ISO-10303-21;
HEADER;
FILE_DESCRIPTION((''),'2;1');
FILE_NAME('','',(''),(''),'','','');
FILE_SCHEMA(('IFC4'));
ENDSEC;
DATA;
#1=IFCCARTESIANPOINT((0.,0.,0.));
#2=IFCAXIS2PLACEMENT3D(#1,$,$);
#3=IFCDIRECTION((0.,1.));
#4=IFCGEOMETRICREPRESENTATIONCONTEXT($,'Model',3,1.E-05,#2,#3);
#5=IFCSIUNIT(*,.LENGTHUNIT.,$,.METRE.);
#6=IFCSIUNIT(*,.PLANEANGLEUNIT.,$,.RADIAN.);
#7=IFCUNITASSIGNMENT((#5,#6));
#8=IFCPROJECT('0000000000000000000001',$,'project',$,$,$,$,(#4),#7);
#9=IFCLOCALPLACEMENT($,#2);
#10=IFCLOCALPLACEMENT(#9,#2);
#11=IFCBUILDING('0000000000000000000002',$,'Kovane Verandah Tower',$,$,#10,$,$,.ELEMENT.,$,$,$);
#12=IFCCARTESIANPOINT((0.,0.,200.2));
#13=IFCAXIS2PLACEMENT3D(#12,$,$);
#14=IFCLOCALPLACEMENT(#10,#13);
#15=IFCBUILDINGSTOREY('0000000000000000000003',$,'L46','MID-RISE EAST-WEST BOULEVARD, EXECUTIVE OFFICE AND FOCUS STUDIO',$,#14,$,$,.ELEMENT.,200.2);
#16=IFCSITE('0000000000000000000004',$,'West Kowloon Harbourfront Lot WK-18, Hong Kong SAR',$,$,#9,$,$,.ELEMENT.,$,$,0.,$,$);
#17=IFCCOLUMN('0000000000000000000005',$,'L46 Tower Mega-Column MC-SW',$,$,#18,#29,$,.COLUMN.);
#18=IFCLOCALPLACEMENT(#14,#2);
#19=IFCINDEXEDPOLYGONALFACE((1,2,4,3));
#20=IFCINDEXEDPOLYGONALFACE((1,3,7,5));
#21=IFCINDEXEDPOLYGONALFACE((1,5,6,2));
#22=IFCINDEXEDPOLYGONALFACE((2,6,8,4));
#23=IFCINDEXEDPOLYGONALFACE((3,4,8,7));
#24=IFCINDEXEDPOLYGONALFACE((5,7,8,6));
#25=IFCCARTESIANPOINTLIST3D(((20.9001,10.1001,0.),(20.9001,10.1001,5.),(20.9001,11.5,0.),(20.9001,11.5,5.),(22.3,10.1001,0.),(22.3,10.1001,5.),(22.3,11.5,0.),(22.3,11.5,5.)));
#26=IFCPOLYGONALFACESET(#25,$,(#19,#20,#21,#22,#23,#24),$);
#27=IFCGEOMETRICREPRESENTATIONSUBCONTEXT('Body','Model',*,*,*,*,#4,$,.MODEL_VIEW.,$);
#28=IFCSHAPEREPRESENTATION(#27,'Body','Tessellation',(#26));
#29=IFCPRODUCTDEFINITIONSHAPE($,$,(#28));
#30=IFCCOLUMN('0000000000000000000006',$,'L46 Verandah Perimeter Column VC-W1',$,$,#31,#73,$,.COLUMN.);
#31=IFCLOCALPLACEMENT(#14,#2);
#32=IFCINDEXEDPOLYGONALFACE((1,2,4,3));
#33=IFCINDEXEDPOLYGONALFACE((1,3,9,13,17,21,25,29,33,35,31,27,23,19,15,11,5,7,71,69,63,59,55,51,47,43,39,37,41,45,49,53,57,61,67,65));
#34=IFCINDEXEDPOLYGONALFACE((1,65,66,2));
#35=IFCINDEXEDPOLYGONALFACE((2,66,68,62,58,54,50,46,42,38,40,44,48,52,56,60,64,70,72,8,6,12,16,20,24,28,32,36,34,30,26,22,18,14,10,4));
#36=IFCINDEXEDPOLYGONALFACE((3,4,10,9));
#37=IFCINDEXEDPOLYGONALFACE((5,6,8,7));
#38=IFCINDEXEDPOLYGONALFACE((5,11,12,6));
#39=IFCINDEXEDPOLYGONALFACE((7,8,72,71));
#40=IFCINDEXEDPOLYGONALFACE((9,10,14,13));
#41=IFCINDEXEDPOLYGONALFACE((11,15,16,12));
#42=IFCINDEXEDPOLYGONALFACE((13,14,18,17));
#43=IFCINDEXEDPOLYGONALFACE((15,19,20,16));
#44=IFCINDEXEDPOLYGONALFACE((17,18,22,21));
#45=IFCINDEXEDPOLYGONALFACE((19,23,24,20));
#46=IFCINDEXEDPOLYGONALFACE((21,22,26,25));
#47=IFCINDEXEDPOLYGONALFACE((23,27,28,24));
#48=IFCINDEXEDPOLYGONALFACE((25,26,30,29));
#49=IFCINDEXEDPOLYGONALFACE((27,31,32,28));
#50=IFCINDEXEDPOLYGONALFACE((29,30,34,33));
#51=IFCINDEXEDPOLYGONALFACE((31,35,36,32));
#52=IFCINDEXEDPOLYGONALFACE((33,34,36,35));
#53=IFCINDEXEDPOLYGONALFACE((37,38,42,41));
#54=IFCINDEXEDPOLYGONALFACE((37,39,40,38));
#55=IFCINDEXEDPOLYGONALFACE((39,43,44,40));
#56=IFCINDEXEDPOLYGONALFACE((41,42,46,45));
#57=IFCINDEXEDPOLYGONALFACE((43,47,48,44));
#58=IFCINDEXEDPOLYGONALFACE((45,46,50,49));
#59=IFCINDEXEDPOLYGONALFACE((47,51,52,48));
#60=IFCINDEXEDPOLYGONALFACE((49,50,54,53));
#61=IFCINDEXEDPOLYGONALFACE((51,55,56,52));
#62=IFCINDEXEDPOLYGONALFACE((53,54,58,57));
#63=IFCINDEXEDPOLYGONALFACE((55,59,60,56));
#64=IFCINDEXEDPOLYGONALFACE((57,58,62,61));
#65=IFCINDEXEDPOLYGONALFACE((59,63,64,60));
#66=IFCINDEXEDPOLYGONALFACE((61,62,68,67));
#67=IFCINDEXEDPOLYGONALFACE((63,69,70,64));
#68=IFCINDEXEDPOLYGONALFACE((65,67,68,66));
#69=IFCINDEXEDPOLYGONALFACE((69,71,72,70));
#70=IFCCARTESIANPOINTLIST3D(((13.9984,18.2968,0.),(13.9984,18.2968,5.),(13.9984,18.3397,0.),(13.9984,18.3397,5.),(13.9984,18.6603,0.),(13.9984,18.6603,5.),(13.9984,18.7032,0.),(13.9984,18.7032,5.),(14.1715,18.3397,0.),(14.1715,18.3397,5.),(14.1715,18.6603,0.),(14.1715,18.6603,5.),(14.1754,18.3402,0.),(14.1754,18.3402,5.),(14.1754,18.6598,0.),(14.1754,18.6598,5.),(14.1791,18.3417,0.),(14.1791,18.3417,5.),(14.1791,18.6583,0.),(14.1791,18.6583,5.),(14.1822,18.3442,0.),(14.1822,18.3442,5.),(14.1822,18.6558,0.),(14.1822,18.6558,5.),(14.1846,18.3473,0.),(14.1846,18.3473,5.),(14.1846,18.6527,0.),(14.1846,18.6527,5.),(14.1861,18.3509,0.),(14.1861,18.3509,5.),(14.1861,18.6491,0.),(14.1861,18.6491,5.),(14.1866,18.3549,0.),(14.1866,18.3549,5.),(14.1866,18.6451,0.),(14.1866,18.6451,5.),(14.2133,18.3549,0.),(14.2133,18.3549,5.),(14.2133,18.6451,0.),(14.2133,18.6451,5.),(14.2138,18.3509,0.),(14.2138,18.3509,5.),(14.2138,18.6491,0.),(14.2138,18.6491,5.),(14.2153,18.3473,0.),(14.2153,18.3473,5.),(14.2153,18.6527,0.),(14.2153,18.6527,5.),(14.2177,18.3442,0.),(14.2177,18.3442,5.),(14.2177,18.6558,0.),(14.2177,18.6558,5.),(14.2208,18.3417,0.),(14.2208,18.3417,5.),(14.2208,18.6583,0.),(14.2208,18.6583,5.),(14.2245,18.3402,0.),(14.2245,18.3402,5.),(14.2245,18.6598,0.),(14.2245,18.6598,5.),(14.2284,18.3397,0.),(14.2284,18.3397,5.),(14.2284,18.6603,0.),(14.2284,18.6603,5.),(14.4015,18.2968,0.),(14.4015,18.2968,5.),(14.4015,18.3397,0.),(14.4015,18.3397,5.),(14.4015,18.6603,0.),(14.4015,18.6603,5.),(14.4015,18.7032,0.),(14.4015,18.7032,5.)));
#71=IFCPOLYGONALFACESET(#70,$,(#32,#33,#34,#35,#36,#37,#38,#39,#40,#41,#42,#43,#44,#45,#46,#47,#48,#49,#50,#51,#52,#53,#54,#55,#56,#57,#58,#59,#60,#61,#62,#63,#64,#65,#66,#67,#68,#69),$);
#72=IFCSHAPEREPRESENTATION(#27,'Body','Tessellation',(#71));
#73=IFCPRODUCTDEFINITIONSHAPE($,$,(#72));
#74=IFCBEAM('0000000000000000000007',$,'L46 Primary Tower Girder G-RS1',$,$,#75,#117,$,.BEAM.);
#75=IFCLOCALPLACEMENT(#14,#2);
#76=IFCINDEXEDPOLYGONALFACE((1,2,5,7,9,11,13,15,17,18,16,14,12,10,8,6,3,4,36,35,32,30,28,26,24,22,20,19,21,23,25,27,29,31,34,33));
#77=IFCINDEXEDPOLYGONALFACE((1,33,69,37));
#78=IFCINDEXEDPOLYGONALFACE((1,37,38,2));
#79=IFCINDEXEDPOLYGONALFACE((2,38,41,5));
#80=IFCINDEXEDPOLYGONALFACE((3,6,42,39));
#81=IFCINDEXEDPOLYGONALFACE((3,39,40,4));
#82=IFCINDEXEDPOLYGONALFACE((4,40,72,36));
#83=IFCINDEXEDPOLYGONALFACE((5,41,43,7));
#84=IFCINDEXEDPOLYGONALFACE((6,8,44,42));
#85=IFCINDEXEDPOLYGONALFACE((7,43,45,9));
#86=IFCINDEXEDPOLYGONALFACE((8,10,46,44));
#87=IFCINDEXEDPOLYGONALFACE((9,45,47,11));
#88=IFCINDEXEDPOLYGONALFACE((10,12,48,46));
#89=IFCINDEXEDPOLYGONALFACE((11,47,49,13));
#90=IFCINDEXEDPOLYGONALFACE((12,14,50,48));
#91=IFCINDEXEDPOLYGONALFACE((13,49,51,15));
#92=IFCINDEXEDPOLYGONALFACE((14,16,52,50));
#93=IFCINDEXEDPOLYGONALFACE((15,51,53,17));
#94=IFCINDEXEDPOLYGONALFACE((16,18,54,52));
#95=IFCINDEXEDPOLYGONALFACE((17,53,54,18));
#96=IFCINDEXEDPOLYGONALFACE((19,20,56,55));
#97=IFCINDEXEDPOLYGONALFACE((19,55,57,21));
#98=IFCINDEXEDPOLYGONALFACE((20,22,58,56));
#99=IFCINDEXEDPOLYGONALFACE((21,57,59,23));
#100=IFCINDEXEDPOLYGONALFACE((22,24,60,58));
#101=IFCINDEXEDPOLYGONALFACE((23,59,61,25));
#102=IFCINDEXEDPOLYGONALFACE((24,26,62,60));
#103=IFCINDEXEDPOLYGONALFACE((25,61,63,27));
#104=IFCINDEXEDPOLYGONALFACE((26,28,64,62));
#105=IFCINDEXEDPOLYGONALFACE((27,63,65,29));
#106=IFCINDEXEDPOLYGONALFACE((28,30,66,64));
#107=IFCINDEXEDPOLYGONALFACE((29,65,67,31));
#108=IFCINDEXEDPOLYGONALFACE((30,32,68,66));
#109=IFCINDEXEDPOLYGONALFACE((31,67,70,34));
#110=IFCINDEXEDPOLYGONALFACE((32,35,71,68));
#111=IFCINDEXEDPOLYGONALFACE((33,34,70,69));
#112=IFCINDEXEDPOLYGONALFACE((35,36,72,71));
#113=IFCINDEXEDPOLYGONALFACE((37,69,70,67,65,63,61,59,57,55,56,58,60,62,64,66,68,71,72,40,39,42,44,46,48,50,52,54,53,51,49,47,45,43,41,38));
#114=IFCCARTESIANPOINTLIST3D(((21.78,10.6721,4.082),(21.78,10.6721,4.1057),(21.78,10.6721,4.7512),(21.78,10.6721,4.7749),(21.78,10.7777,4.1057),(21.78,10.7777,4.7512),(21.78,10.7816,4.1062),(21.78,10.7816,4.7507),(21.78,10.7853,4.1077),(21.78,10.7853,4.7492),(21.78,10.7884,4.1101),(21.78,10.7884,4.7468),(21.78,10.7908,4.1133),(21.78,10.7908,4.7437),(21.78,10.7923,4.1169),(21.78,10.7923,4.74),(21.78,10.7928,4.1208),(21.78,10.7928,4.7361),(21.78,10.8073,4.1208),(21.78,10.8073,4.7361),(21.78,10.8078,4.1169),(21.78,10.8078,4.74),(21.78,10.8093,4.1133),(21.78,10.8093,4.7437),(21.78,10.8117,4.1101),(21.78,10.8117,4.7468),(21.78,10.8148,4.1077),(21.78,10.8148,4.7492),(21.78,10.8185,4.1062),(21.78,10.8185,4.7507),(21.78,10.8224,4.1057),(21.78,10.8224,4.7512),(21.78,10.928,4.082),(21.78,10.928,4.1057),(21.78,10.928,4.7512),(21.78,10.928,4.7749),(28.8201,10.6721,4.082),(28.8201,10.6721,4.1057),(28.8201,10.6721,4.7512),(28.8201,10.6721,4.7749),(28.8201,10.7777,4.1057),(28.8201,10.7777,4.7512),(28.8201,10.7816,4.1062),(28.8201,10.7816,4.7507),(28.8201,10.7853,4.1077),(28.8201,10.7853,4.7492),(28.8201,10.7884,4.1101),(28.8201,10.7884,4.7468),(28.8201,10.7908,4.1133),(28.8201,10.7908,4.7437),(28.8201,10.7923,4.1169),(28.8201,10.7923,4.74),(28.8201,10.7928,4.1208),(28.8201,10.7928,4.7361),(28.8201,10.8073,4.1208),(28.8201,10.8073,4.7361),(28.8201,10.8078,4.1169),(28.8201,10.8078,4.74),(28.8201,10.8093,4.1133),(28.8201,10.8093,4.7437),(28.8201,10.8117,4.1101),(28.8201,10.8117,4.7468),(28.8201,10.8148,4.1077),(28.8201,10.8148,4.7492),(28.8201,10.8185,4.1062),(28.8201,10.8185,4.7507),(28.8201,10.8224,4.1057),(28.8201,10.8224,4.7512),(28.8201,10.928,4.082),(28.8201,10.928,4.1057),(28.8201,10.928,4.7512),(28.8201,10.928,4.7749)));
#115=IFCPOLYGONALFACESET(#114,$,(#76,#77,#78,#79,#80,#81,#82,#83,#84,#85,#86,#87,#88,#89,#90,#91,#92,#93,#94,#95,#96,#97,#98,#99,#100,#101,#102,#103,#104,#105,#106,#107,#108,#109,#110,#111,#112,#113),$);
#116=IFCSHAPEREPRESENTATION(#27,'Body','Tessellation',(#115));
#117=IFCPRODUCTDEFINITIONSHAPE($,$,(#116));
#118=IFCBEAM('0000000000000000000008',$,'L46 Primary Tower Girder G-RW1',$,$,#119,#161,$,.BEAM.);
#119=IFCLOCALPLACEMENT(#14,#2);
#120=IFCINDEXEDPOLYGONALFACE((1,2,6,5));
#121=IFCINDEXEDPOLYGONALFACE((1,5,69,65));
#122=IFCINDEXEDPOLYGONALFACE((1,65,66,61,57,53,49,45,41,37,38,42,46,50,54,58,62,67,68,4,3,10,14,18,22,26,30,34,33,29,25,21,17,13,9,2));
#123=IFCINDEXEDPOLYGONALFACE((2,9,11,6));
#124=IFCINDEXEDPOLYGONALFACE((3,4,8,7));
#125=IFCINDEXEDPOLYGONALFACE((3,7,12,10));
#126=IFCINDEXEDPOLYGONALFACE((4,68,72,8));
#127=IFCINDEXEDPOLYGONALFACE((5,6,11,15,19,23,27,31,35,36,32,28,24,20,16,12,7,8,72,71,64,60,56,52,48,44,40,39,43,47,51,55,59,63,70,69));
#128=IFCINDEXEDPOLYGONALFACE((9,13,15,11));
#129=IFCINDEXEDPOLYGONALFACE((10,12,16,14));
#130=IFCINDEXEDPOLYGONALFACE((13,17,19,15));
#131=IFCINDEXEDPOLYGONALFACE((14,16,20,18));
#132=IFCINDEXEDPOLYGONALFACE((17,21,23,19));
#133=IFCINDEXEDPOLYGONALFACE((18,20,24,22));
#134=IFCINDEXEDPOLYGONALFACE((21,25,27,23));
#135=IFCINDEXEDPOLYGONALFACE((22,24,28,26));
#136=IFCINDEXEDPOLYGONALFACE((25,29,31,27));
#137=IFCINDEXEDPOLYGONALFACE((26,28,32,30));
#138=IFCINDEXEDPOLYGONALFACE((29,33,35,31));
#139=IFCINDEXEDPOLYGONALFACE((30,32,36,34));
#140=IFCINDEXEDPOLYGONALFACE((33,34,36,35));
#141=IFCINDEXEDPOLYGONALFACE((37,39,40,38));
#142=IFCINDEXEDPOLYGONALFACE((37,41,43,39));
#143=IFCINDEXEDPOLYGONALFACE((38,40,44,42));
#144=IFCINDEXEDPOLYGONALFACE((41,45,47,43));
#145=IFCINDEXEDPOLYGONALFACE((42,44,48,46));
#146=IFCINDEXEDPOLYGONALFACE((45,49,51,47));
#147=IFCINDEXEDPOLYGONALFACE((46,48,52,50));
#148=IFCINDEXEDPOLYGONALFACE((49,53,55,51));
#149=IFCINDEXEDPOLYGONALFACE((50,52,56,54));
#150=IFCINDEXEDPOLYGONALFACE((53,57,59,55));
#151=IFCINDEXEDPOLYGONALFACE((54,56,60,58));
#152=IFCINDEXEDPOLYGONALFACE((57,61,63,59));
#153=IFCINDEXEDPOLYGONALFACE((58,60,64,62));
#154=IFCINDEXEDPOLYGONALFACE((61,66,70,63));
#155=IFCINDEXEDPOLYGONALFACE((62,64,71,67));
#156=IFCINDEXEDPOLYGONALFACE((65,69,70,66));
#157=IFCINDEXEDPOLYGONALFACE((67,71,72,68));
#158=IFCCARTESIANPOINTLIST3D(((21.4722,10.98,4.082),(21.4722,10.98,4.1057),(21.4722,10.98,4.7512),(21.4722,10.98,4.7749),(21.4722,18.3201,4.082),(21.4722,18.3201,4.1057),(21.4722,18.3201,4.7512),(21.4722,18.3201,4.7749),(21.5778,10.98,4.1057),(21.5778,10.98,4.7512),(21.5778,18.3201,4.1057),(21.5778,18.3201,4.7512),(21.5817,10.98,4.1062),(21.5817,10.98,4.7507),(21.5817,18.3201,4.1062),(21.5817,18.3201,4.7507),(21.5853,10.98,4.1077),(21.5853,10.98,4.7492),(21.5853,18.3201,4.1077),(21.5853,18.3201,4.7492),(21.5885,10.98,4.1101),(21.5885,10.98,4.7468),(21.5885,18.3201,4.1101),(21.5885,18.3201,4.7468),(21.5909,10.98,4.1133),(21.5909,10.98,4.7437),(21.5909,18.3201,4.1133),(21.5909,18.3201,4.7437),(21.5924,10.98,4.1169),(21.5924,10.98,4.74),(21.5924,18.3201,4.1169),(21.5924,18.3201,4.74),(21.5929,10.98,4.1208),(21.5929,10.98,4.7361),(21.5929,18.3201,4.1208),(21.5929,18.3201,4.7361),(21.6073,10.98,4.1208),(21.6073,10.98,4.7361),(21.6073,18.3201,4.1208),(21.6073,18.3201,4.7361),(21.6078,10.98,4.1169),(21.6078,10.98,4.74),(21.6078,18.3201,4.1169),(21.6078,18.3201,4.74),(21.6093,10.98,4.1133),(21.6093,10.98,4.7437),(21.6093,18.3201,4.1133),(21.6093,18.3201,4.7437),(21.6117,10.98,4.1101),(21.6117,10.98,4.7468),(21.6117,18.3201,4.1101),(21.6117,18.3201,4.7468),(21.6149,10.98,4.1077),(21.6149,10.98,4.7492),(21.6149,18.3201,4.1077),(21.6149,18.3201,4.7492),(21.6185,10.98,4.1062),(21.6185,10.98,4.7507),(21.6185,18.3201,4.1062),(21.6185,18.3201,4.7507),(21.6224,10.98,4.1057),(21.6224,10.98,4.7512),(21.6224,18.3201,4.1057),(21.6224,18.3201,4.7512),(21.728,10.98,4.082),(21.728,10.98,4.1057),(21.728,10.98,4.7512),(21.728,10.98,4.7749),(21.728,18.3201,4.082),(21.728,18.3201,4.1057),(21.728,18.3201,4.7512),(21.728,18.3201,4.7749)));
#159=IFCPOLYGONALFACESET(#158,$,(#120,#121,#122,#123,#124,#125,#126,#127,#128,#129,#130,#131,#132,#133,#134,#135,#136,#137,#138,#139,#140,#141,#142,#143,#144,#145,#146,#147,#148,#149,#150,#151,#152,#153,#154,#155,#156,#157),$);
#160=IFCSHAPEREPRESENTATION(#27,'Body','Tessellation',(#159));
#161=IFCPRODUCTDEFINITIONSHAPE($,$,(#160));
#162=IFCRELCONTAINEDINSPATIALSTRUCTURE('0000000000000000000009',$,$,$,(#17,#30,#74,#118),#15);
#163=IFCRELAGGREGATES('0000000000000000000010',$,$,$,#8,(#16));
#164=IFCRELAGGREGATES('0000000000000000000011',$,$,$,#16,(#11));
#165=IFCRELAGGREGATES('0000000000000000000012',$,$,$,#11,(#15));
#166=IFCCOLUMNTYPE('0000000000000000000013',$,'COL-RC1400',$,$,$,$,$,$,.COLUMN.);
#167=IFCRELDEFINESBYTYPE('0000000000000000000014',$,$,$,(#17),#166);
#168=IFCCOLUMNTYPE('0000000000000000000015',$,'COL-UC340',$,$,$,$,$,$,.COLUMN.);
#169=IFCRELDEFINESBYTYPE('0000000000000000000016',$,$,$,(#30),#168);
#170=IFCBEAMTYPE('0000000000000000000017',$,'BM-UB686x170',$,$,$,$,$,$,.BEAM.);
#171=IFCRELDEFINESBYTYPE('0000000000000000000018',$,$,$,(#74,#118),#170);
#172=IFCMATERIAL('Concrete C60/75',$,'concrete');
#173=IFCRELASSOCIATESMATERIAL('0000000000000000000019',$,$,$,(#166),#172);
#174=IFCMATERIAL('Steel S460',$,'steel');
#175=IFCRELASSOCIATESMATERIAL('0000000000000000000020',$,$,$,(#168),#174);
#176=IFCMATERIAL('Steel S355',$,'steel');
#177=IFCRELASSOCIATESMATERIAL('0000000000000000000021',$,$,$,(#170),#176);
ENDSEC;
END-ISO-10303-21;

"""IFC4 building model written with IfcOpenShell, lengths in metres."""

from ifc_helpers import new_model, si_unit, direction, frame, origin, origin_2d, place, context, subcontext, project, spatial, rectangle, i_section, extrude, material, material_profile, profile_set, type_object, element, save


model = new_model("IFC4")

# Units and contexts
model_context = context("Model", 3, precision=1e-05, world=origin(), true_north=direction((0.0, 1.0)))
body_context = subcontext(model_context, "Body", "Model", "MODEL_VIEW")
ifc_project = project(units=[si_unit("LENGTHUNIT", "METRE"), si_unit("PLANEANGLEUNIT", "RADIAN")], contexts=[model_context])

# Site, building, storey
site_placement = place(None, origin())
site = spatial("IfcSite", under=ifc_project, at=site_placement, Name="West Kowloon Harbourfront Lot WK-18, Hong Kong SAR", CompositionType="ELEMENT", RefElevation=0.0)
building_placement = place(site_placement, origin())
building = spatial("IfcBuilding", under=site, at=building_placement, Name="Kovane Verandah Tower", CompositionType="ELEMENT")
storey_placement = place(building_placement, frame((0.0, 0.0, 200.2)))
storey = spatial("IfcBuildingStorey", under=building, at=storey_placement, Name="L46", Description="MID-RISE EAST-WEST BOULEVARD, EXECUTIVE OFFICE AND FOCUS STUDIO", CompositionType="ELEMENT", Elevation=200.2)

# Columns
ifc_material_1 = material(Name="Concrete C60/75", Category="concrete")
ifc_material_profile_1 = material_profile(ifc_material_1, rectangle(XDim=1.3999, YDim=1.3999, at=origin_2d()), Name="RC1400x1400")
ifc_profile_set_1 = profile_set([ifc_material_profile_1], Name="Concrete C60/75")
column_type_1 = type_object("IfcColumnType", Name="COL-RC1400", PredefinedType="COLUMN", material=ifc_profile_set_1)
column_1_placement = place(storey_placement, frame((21.6001, 10.8, 0.0), z_axis=(0.0, 0.0, 1.0), x_axis=(1.0, 0.0, 0.0)))
element("IfcColumn", 1, at=column_1_placement, inside=storey, type_object=column_type_1, Name="L46 Tower Mega-Column MC-SW", PredefinedType="COLUMN", context=body_context, shape_type="SweptSolid", body=[
    extrude(rectangle(XDim=1.3999, YDim=1.3999, at=origin_2d()), origin(), (0.0, 0.0, 1.0), 5.0),
])
ifc_material_2 = material(Name="Steel S460", Category="steel")
ifc_material_profile_2 = material_profile(ifc_material_2, i_section(OverallWidth=0.4031, OverallDepth=0.4065, WebThickness=0.0266, FlangeThickness=0.043, FilletRadius=0.0151, at=origin_2d()), Name="UC356x406x340")
ifc_profile_set_2 = profile_set([ifc_material_profile_2], Name="Steel S460")
column_type_2 = type_object("IfcColumnType", Name="COL-UC340", PredefinedType="COLUMN", material=ifc_profile_set_2)
column_2_placement = place(storey_placement, frame((14.2, 18.5, 0.0), z_axis=(0.0, 0.0, 1.0), x_axis=(1.0, 0.0, 0.0)))
element("IfcColumn", 2, at=column_2_placement, inside=storey, type_object=column_type_2, Name="L46 Verandah Perimeter Column VC-W1", PredefinedType="COLUMN", context=body_context, shape_type="SweptSolid", body=[
    extrude(i_section(OverallWidth=0.4031, OverallDepth=0.4065, WebThickness=0.0266, FlangeThickness=0.043, FilletRadius=0.0151, at=origin_2d()), origin(), (0.0, 0.0, 1.0), 5.0),
])

# Beams
ifc_material_3 = material(Name="Steel S355", Category="steel")
ifc_material_profile_3 = material_profile(ifc_material_3, i_section(OverallWidth=0.2559, OverallDepth=0.6929, WebThickness=0.0144, FlangeThickness=0.0237, FilletRadius=0.0151, at=origin_2d()), Name="UB686x254x170")
ifc_profile_set_3 = profile_set([ifc_material_profile_3], Name="Steel S355")
beam_type_1 = type_object("IfcBeamType", Name="BM-UB686x170", PredefinedType="BEAM", material=ifc_profile_set_3)
beam_1_placement = place(storey_placement, frame((21.78, 10.8, 4.4285), z_axis=(1.0, 0.0, 0.0), x_axis=(0.0, 1.0, 0.0)))
element("IfcBeam", 3, at=beam_1_placement, inside=storey, type_object=beam_type_1, Name="L46 Primary Tower Girder G-RS1", PredefinedType="BEAM", context=body_context, shape_type="SweptSolid", body=[
    extrude(i_section(OverallWidth=0.2559, OverallDepth=0.6929, WebThickness=0.0144, FlangeThickness=0.0237, FilletRadius=0.0151, at=origin_2d()), origin(), (0.0, 0.0, 1.0), 7.04),
])
beam_2_placement = place(storey_placement, frame((21.6001, 10.98, 4.4285), z_axis=(0.0, 1.0, 0.0), x_axis=(-1.0, 0.0, 0.0)))
element("IfcBeam", 4, at=beam_2_placement, inside=storey, type_object=beam_type_1, Name="L46 Primary Tower Girder G-RW1", PredefinedType="BEAM", context=body_context, shape_type="SweptSolid", body=[
    extrude(i_section(OverallWidth=0.2559, OverallDepth=0.6929, WebThickness=0.0144, FlangeThickness=0.0237, FilletRadius=0.0151, at=origin_2d()), origin(), (0.0, 0.0, 1.0), 7.3401),
])

save(model, "model.ifc")
